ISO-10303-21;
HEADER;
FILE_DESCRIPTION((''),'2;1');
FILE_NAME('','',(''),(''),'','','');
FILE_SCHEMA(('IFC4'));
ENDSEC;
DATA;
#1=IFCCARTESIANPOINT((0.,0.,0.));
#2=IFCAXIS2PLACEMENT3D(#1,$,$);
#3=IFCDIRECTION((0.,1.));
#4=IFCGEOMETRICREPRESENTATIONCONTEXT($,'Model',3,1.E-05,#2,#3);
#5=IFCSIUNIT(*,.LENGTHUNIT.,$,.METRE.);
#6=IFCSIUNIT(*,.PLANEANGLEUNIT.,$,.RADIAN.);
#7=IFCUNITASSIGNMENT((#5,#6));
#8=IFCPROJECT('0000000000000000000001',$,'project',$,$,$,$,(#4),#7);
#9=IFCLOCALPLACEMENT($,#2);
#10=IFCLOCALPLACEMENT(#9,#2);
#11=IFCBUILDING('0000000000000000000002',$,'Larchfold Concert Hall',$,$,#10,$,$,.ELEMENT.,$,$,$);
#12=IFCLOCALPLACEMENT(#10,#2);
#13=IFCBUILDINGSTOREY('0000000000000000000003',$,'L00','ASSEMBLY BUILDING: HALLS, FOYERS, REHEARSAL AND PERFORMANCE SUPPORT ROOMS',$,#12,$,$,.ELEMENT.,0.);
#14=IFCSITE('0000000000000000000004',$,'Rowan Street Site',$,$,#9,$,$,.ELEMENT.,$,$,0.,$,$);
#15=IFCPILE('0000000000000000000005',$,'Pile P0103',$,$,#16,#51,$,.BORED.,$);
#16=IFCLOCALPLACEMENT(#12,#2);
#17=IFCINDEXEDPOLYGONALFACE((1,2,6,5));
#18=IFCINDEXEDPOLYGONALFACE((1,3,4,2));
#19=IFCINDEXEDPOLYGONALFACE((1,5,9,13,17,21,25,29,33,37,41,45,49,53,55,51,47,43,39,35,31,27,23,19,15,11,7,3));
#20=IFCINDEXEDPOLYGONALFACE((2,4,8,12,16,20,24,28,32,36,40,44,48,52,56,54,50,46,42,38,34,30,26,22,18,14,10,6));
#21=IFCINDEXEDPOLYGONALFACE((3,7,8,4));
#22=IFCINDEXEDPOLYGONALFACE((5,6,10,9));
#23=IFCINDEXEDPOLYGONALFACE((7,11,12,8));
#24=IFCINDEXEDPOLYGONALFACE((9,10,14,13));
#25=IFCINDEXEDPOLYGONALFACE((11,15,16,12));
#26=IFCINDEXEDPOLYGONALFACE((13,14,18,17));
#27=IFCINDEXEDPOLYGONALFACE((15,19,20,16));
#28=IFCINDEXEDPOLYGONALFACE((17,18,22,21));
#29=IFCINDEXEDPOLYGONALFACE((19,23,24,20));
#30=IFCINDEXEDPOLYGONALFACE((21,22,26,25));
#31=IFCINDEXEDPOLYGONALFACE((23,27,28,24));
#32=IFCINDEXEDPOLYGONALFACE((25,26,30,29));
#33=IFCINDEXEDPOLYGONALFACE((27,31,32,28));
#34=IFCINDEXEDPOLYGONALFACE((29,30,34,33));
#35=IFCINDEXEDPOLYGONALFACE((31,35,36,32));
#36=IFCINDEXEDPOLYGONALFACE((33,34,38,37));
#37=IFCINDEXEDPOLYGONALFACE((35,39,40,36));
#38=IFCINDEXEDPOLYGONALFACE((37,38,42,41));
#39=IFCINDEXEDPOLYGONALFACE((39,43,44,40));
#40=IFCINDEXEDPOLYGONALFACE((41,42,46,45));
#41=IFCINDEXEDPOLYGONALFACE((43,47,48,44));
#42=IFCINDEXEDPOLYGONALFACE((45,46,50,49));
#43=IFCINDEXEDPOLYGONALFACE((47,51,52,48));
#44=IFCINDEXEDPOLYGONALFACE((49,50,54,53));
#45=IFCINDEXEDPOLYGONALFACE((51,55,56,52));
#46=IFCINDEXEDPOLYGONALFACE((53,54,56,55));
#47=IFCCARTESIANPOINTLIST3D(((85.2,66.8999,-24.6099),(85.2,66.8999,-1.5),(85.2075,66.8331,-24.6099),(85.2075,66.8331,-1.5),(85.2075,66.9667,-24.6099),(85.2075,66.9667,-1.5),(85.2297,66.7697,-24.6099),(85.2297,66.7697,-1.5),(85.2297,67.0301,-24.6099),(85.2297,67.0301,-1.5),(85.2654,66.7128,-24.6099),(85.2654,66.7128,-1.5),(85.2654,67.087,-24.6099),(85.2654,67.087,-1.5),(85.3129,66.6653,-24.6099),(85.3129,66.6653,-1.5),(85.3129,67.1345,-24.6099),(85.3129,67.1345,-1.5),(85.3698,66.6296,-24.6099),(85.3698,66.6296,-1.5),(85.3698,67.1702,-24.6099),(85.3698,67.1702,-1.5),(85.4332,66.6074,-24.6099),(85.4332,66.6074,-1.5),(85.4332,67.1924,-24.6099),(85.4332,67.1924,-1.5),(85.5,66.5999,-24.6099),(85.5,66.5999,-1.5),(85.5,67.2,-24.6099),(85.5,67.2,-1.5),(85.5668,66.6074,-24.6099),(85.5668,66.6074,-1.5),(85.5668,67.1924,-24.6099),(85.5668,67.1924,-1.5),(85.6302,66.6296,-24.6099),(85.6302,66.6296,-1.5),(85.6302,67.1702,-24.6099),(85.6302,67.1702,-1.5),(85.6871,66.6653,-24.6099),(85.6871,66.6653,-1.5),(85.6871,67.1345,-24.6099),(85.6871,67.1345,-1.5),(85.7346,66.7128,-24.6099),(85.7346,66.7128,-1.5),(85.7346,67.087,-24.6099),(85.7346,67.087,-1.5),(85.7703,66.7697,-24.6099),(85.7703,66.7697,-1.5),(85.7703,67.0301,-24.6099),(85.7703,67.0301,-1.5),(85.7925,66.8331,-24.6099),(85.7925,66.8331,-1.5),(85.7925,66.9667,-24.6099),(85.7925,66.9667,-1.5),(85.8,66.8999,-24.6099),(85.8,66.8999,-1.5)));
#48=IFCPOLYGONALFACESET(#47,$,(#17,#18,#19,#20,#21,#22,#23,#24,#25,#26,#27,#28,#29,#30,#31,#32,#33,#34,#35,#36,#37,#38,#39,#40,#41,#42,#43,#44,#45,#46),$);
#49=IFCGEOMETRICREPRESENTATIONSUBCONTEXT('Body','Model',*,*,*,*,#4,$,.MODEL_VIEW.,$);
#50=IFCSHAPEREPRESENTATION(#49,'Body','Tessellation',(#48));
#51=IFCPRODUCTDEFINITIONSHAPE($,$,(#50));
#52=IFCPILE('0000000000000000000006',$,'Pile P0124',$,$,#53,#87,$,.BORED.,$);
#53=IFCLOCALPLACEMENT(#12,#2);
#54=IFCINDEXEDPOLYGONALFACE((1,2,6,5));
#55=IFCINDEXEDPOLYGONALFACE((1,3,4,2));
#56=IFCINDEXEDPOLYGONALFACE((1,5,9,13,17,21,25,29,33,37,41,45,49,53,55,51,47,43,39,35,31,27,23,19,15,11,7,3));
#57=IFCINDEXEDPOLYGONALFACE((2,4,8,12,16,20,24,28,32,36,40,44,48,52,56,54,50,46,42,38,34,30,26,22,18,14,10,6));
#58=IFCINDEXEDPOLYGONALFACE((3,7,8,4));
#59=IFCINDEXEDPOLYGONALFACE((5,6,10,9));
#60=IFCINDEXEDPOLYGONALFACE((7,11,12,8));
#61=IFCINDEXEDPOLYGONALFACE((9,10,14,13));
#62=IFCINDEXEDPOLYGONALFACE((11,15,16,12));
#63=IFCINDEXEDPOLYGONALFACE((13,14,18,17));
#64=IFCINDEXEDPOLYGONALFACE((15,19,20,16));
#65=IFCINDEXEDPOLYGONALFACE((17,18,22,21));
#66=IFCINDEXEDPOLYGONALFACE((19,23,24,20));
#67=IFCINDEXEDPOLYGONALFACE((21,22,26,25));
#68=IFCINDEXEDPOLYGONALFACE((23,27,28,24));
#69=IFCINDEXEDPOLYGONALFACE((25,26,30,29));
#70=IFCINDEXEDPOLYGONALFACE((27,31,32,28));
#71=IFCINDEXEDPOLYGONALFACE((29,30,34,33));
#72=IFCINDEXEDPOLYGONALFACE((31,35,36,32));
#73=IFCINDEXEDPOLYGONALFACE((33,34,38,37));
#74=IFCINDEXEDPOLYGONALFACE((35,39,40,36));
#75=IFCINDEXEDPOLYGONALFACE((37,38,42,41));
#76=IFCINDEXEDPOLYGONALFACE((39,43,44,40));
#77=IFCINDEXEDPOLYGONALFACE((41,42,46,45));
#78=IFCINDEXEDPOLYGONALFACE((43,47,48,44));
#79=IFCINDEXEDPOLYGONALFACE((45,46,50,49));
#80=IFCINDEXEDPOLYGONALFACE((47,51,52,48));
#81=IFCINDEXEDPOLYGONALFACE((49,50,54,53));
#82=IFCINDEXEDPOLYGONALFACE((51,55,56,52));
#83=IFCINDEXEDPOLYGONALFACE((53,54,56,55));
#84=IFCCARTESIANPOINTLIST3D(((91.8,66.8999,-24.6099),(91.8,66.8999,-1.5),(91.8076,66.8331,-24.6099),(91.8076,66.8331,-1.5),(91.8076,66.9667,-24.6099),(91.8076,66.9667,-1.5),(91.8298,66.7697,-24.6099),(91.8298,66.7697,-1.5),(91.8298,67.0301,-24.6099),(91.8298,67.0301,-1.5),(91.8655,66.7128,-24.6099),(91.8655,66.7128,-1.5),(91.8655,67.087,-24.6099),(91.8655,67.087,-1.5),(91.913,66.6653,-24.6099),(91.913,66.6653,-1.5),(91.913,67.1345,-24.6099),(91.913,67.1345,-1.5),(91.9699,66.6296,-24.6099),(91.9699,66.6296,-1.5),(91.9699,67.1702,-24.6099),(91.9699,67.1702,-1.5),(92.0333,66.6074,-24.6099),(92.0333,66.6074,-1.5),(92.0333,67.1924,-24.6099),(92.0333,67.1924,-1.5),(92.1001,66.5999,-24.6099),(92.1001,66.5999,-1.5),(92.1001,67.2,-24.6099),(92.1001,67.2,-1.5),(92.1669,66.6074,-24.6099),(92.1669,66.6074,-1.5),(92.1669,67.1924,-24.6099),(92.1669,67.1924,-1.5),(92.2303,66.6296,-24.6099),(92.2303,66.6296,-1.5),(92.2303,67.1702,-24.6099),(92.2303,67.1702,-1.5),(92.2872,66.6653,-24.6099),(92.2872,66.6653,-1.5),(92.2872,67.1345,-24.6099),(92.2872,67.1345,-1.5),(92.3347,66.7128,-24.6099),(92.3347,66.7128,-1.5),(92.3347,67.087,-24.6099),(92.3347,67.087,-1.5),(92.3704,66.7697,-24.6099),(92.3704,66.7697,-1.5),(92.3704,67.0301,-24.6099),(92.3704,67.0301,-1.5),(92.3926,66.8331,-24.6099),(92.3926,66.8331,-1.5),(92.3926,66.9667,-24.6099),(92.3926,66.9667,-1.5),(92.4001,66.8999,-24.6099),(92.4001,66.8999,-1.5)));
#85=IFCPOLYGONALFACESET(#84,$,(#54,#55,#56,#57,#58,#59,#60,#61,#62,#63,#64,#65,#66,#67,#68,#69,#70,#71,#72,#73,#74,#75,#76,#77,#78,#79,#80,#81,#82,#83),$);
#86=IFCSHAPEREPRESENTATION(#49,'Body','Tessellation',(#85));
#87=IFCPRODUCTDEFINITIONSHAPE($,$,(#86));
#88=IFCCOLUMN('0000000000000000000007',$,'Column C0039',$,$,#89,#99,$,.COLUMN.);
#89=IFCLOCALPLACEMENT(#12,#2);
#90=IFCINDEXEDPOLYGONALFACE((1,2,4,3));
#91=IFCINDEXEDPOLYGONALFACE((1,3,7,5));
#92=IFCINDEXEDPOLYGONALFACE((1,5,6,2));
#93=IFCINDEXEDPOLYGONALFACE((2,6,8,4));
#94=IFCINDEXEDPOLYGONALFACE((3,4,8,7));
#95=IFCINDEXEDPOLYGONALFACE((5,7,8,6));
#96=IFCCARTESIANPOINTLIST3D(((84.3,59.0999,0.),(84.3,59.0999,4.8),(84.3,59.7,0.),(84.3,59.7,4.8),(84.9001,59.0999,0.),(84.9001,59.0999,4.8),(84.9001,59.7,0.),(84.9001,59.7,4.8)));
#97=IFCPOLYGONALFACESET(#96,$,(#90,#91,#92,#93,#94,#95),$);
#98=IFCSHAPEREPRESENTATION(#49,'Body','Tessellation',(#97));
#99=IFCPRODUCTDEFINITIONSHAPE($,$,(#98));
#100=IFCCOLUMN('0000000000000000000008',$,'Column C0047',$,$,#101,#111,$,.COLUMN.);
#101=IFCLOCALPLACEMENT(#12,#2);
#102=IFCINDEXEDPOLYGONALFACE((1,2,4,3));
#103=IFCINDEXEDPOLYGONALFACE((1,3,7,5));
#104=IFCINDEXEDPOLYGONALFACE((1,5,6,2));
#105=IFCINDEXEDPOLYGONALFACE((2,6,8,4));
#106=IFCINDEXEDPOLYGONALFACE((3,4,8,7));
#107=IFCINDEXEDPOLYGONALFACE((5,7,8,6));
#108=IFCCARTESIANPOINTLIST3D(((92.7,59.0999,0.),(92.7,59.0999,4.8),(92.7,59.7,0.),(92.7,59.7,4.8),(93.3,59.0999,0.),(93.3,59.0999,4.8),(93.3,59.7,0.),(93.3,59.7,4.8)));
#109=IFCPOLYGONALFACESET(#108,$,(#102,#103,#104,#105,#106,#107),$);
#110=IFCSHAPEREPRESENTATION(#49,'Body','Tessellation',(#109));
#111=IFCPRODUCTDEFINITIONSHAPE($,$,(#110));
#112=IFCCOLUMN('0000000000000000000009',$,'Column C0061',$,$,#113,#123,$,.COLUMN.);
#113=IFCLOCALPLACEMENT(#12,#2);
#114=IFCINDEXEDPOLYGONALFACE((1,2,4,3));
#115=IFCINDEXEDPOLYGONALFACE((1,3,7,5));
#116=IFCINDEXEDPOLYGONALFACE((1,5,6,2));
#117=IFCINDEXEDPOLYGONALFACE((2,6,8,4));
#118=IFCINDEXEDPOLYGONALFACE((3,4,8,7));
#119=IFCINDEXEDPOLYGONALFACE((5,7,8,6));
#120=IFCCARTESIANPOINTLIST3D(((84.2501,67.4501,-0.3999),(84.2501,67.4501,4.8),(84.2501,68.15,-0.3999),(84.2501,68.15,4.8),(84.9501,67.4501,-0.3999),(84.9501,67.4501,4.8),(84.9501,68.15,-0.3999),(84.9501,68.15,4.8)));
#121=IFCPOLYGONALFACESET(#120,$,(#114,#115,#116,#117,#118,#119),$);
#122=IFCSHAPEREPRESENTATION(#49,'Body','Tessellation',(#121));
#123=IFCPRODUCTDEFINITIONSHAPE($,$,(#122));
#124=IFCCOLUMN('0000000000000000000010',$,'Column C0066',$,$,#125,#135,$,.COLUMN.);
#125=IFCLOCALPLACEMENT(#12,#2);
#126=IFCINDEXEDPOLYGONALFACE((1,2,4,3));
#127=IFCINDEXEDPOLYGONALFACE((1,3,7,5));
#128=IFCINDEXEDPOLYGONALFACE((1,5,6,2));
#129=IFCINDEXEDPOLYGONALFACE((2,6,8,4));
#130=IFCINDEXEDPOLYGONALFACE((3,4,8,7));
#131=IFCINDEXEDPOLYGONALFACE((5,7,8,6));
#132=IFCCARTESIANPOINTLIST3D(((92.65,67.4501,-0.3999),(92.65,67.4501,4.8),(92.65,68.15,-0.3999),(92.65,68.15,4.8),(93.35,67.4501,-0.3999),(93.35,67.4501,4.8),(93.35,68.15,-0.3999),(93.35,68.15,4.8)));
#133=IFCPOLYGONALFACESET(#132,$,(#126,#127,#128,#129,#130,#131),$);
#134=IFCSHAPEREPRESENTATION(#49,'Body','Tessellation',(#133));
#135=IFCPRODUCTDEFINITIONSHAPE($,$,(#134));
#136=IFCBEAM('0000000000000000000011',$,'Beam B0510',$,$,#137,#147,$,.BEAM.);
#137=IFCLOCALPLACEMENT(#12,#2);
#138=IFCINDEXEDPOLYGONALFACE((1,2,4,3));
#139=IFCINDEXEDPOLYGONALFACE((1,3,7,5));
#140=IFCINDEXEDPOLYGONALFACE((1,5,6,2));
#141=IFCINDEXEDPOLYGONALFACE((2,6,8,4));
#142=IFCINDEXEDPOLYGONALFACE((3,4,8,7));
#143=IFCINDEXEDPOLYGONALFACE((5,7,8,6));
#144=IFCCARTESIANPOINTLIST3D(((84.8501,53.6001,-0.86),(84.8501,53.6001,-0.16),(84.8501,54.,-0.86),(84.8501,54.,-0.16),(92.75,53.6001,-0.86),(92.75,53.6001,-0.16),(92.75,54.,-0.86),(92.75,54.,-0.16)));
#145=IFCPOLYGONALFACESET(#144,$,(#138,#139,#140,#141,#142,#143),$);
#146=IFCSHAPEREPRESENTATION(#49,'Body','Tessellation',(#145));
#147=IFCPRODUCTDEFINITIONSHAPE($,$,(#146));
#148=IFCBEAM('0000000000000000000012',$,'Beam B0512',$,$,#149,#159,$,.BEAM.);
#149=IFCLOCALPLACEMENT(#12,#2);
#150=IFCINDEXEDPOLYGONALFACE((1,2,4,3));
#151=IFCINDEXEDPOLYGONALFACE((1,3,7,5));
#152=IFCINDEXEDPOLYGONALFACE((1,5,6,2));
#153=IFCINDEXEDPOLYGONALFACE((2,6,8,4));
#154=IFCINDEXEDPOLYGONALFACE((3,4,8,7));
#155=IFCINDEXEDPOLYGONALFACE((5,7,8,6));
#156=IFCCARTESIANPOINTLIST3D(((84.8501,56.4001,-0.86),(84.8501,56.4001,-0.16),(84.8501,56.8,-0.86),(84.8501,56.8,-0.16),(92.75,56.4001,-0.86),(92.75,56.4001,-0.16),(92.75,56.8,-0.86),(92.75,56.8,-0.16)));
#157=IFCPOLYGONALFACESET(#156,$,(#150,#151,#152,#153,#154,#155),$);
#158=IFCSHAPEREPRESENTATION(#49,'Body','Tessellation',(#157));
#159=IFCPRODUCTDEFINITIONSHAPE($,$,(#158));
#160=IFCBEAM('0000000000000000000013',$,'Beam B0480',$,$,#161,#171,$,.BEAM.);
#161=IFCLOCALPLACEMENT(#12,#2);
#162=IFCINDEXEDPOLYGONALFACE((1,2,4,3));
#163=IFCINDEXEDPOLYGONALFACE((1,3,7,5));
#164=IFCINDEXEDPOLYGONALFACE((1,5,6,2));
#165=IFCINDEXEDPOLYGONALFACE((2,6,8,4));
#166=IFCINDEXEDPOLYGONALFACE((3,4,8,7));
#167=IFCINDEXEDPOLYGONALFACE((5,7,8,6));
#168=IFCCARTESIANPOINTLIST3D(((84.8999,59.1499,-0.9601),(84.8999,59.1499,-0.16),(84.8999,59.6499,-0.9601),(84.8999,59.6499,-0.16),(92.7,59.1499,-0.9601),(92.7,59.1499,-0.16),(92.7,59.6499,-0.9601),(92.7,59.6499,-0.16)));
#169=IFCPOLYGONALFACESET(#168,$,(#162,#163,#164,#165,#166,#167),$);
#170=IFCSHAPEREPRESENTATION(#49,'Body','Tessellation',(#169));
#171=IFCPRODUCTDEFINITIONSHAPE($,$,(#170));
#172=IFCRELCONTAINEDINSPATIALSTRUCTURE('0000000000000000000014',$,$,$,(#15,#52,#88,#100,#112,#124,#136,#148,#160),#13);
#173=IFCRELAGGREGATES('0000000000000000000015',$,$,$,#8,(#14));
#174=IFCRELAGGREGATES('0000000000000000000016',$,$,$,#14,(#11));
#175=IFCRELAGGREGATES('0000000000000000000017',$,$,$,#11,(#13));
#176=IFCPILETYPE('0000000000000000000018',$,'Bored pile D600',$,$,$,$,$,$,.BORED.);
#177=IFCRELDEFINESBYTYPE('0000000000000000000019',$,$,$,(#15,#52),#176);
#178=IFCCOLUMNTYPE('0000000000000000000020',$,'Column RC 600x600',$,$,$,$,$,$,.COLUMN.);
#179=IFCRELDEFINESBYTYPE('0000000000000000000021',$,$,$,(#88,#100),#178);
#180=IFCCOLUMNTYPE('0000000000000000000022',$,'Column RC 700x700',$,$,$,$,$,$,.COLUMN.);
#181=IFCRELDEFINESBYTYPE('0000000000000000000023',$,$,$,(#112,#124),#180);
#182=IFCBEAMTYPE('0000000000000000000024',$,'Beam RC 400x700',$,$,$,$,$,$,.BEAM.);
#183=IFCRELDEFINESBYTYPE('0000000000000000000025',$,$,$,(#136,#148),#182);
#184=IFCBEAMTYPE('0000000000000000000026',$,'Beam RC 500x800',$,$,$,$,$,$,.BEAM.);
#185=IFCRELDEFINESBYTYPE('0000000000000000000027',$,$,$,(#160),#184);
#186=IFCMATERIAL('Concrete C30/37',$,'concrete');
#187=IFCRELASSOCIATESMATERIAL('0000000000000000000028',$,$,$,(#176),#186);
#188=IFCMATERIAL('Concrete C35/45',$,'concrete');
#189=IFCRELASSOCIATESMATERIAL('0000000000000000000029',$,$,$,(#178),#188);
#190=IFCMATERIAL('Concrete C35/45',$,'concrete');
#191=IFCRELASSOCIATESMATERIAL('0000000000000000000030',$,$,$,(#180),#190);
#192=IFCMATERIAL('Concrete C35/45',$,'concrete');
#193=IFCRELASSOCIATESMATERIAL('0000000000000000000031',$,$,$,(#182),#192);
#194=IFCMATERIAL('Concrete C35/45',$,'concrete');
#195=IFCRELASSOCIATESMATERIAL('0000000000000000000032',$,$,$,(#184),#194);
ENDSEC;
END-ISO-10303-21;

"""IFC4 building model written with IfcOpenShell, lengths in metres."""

from ifc_helpers import new_model, si_unit, direction, frame, origin, origin_2d, place, context, subcontext, project, spatial, rectangle, circle, extrude, material, material_profile, profile_set, type_object, element, save


model = new_model("IFC4")

# Units and contexts
model_context = context("Model", 3, precision=1e-05, world=origin(), true_north=direction((0.0, 1.0)))
body_context = subcontext(model_context, "Body", "Model", "MODEL_VIEW")
ifc_project = project(units=[si_unit("LENGTHUNIT", "METRE"), si_unit("PLANEANGLEUNIT", "RADIAN")], contexts=[model_context])

# Site, building, storey
site_placement = place(None, origin())
site = spatial("IfcSite", under=ifc_project, at=site_placement, Name="Rowan Street Site", CompositionType="ELEMENT", RefElevation=0.0)
building_placement = place(site_placement, origin())
building = spatial("IfcBuilding", under=site, at=building_placement, Name="Larchfold Concert Hall", CompositionType="ELEMENT")
storey_placement = place(building_placement, origin())
storey = spatial("IfcBuildingStorey", under=building, at=storey_placement, Name="L00", Description="ASSEMBLY BUILDING: HALLS, FOYERS, REHEARSAL AND PERFORMANCE SUPPORT ROOMS", CompositionType="ELEMENT", Elevation=0.0)

# Piles
ifc_material_1 = material(Name="Concrete C30/37", Category="concrete")
ifc_material_profile_1 = material_profile(ifc_material_1, circle(Radius=0.3, at=origin_2d()))
ifc_profile_set_1 = profile_set([ifc_material_profile_1], Name="Concrete C30/37")
pile_type = type_object("IfcPileType", Name="Bored pile D600", PredefinedType="BORED", material=ifc_profile_set_1)
for number, where, z_axis, x_axis, name in (
    (1, (85.5, 66.8999, -1.5), (0.0, 0.0, -1.0), (1.0, 0.0, 0.0), "Pile P0103"),
    (2, (92.1001, 66.8999, -1.5), (0.0, 0.0, -1.0), (1.0, 0.0, 0.0), "Pile P0124"),
):
    element("IfcPile", number, at=place(storey_placement, frame(where, z_axis=z_axis, x_axis=x_axis)), inside=storey, type_object=pile_type, Name=name, PredefinedType="BORED", context=body_context, shape_type="SweptSolid", body=[
        extrude(circle(Radius=0.3, at=origin_2d()), origin(), (0.0, 0.0, 1.0), 23.1099),
    ])

# Columns
ifc_material_2 = material(Name="Concrete C35/45", Category="concrete")
ifc_material_profile_2 = material_profile(ifc_material_2, rectangle(XDim=0.6001, YDim=0.6001, at=origin_2d()))
ifc_profile_set_2 = profile_set([ifc_material_profile_2], Name="Concrete C35/45")
column_type_1 = type_object("IfcColumnType", Name="Column RC 600x600", PredefinedType="COLUMN", material=ifc_profile_set_2)
for number, where, z_axis, x_axis, name in (
    (3, (84.6001, 59.3999, 0.0), (0.0, 0.0, 1.0), (1.0, 0.0, 0.0), "Column C0039"),
    (4, (93.0, 59.3999, 0.0), (0.0, 0.0, 1.0), (1.0, 0.0, 0.0), "Column C0047"),
):
    element("IfcColumn", number, at=place(storey_placement, frame(where, z_axis=z_axis, x_axis=x_axis)), inside=storey, type_object=column_type_1, Name=name, PredefinedType="COLUMN", context=body_context, shape_type="SweptSolid", body=[
        extrude(rectangle(XDim=0.6001, YDim=0.6001, at=origin_2d()), origin(), (0.0, 0.0, 1.0), 4.8),
    ])
ifc_material_3 = material(Name="Concrete C35/45", Category="concrete")
ifc_material_profile_3 = material_profile(ifc_material_3, rectangle(XDim=0.7, YDim=0.7, at=origin_2d()))
ifc_profile_set_3 = profile_set([ifc_material_profile_3], Name="Concrete C35/45")
column_type_2 = type_object("IfcColumnType", Name="Column RC 700x700", PredefinedType="COLUMN", material=ifc_profile_set_3)
for number, where, z_axis, x_axis, name in (
    (5, (84.6001, 67.8, -0.3999), (0.0, 0.0, 1.0), (1.0, 0.0, 0.0), "Column C0061"),
    (6, (93.0, 67.8, -0.3999), (0.0, 0.0, 1.0), (1.0, 0.0, 0.0), "Column C0066"),
):
    element("IfcColumn", number, at=place(storey_placement, frame(where, z_axis=z_axis, x_axis=x_axis)), inside=storey, type_object=column_type_2, Name=name, PredefinedType="COLUMN", context=body_context, shape_type="SweptSolid", body=[
        extrude(rectangle(XDim=0.7, YDim=0.7, at=origin_2d()), origin(), (0.0, 0.0, 1.0), 5.2),
    ])

# Beams
ifc_material_4 = material(Name="Concrete C35/45", Category="concrete")
ifc_material_profile_4 = material_profile(ifc_material_4, rectangle(XDim=0.3999, YDim=0.7, at=origin_2d()))
ifc_profile_set_4 = profile_set([ifc_material_profile_4], Name="Concrete C35/45")
beam_type_1 = type_object("IfcBeamType", Name="Beam RC 400x700", PredefinedType="BEAM", material=ifc_profile_set_4)
for number, where, z_axis, x_axis, name in (
    (7, (84.8501, 53.8, -0.51), (1.0, 0.0, 0.0), (0.0, 1.0, 0.0), "Beam B0510"),
    (8, (84.8501, 56.6001, -0.51), (1.0, 0.0, 0.0), (0.0, 1.0, 0.0), "Beam B0512"),
):
    element("IfcBeam", number, at=place(storey_placement, frame(where, z_axis=z_axis, x_axis=x_axis)), inside=storey, type_object=beam_type_1, Name=name, PredefinedType="BEAM", context=body_context, shape_type="SweptSolid", body=[
        extrude(rectangle(XDim=0.3999, YDim=0.7, at=origin_2d()), origin(), (0.0, 0.0, 1.0), 7.8999),
    ])
ifc_material_5 = material(Name="Concrete C35/45", Category="concrete")
ifc_material_profile_5 = material_profile(ifc_material_5, rectangle(XDim=0.5, YDim=0.8, at=origin_2d()))
ifc_profile_set_5 = profile_set([ifc_material_profile_5], Name="Concrete C35/45")
beam_type_2 = type_object("IfcBeamType", Name="Beam RC 500x800", PredefinedType="BEAM", material=ifc_profile_set_5)
beam_placement = place(storey_placement, frame((84.8999, 59.3999, -0.5601), z_axis=(1.0, 0.0, 0.0), x_axis=(0.0, 1.0, 0.0)))
element("IfcBeam", 9, at=beam_placement, inside=storey, type_object=beam_type_2, Name="Beam B0480", PredefinedType="BEAM", context=body_context, shape_type="SweptSolid", body=[
    extrude(rectangle(XDim=0.5, YDim=0.8, at=origin_2d()), origin(), (0.0, 0.0, 1.0), 7.8),
])

save(model, "model.ifc")
